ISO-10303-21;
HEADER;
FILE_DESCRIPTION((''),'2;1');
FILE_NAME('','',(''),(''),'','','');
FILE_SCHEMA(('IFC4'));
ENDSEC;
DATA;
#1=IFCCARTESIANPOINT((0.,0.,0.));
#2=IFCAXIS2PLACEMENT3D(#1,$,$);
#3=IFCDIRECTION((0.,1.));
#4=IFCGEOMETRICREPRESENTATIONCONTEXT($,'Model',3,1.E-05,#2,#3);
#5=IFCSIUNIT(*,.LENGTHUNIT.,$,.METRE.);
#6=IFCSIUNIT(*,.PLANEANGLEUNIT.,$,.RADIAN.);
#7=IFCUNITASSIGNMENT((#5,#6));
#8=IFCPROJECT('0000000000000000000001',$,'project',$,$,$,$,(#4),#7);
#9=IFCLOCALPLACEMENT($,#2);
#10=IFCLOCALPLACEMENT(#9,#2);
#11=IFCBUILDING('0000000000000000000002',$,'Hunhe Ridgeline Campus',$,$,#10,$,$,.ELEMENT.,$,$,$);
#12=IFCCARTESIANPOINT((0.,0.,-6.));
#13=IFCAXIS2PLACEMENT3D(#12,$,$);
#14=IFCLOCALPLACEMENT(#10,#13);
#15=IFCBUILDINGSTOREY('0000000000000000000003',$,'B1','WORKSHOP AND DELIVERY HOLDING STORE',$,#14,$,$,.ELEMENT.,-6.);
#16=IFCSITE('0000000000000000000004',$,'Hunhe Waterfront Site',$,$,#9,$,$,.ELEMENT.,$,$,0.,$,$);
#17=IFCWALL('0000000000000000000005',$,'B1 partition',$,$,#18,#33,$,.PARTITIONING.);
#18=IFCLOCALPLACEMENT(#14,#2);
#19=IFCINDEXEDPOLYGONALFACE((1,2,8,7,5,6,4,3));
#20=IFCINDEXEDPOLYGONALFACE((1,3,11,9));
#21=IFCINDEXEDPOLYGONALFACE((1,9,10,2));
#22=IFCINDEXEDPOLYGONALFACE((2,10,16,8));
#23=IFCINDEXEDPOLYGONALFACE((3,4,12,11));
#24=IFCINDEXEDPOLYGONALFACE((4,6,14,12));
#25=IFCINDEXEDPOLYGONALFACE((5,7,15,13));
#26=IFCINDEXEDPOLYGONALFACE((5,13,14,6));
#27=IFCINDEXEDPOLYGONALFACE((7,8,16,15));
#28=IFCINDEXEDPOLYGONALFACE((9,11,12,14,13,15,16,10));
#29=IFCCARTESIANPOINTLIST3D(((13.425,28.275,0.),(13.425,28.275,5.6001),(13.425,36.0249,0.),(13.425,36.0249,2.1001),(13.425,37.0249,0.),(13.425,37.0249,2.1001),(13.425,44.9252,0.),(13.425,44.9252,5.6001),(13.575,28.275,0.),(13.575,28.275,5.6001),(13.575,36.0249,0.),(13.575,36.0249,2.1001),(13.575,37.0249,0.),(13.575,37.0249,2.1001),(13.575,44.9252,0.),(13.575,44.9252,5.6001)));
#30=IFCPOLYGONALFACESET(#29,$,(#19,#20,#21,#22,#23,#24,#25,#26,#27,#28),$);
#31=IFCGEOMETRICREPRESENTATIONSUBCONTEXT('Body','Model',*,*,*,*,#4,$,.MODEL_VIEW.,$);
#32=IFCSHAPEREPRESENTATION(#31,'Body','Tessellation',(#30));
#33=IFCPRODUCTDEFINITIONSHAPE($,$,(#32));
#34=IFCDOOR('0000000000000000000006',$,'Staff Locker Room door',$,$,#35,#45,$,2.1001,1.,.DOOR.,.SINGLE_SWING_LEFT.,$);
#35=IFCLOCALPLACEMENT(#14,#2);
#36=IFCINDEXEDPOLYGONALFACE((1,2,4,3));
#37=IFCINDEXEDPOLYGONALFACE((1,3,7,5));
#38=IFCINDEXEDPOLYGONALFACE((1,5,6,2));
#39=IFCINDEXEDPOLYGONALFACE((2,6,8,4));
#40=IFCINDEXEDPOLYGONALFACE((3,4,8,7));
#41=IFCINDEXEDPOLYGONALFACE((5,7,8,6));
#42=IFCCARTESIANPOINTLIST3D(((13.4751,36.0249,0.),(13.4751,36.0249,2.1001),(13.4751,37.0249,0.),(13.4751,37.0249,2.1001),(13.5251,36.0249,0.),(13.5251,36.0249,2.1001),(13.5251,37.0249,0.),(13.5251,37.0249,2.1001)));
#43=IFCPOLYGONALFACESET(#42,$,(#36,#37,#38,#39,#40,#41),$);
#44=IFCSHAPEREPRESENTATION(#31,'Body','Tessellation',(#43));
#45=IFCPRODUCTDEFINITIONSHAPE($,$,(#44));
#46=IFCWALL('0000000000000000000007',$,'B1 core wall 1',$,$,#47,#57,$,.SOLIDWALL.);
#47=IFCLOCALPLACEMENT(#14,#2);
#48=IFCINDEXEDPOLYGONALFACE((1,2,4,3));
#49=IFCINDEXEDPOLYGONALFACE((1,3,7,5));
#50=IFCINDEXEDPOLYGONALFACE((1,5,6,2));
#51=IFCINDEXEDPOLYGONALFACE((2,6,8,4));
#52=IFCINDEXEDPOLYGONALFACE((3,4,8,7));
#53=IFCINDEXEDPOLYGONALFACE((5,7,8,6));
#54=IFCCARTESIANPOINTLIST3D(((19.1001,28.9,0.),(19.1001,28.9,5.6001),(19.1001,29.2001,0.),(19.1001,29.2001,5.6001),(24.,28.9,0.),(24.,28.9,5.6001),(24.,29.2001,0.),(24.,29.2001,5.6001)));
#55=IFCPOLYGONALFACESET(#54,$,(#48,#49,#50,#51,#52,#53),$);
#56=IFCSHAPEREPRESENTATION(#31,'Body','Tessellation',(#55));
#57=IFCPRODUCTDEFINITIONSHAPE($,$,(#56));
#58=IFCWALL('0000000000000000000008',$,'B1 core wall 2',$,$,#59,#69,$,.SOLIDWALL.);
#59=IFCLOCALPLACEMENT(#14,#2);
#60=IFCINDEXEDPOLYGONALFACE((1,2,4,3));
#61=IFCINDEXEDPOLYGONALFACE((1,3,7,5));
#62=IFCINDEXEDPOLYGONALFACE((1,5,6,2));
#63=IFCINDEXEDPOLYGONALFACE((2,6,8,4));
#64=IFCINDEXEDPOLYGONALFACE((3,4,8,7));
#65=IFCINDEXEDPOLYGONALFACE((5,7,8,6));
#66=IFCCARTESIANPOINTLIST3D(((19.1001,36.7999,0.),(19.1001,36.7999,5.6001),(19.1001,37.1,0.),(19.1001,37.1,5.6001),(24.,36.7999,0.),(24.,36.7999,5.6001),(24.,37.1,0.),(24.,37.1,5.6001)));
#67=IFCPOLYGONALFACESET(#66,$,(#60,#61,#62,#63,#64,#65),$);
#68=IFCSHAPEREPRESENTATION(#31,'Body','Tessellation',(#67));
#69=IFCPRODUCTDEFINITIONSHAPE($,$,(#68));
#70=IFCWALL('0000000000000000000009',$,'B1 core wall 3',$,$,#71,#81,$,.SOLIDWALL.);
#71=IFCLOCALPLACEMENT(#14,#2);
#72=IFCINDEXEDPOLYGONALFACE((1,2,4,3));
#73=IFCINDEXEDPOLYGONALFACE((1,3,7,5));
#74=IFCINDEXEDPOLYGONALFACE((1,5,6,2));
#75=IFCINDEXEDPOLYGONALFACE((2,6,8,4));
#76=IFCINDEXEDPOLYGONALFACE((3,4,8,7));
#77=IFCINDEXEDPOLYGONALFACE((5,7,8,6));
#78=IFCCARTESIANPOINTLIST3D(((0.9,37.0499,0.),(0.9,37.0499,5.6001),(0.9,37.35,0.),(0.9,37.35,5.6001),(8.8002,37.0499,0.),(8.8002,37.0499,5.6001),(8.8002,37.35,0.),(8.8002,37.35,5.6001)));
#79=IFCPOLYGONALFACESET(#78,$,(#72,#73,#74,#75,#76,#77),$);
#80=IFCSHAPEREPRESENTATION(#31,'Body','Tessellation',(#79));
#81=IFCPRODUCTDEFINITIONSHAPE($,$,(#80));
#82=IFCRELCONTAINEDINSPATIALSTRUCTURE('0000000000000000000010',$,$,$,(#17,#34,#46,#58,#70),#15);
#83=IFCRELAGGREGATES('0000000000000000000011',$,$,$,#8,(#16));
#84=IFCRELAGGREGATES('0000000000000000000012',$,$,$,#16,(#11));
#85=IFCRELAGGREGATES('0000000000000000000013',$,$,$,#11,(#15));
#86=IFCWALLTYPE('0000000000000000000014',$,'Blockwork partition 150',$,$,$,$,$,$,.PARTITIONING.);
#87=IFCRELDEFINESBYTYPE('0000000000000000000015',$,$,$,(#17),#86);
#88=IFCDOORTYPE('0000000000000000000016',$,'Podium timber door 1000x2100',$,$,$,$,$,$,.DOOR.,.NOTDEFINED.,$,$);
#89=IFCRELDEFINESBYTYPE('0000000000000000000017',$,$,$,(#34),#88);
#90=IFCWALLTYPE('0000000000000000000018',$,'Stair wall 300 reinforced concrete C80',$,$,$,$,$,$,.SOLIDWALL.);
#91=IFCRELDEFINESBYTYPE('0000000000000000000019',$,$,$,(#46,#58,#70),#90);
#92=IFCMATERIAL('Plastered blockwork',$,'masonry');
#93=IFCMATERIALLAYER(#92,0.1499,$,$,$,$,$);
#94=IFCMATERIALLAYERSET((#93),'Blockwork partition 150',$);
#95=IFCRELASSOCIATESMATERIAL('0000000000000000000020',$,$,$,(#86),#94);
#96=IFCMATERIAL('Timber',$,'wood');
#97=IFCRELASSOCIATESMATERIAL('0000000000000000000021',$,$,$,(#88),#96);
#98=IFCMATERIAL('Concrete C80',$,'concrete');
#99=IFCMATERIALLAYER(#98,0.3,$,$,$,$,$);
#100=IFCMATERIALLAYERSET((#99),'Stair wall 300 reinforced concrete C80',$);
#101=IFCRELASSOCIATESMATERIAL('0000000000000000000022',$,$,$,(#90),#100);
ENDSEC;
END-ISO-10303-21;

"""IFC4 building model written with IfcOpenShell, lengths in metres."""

from ifc_helpers import new_model, si_unit, direction, frame, frame_2d, origin, place, context, subcontext, project, spatial, rectangle, extrude, material, layer, layer_set, type_object, element, fill, save


model = new_model("IFC4")

# Units and contexts
model_context = context("Model", 3, precision=1e-05, world=origin(), true_north=direction((0.0, 1.0)))
body_context = subcontext(model_context, "Body", "Model", "MODEL_VIEW")
ifc_project = project(units=[si_unit("LENGTHUNIT", "METRE"), si_unit("PLANEANGLEUNIT", "RADIAN")], contexts=[model_context])

# Site, building, storey
site_placement = place(None, origin())
site = spatial("IfcSite", under=ifc_project, at=site_placement, Name="Hunhe Waterfront Site", CompositionType="ELEMENT", RefElevation=0.0)
building_placement = place(site_placement, origin())
building = spatial("IfcBuilding", under=site, at=building_placement, Name="Hunhe Ridgeline Campus", CompositionType="ELEMENT")
storey_placement = place(building_placement, frame((0.0, 0.0, -6.0)))
storey = spatial("IfcBuildingStorey", under=building, at=storey_placement, Name="B1", Description="WORKSHOP AND DELIVERY HOLDING STORE", CompositionType="ELEMENT", Elevation=-6.0)

# Shared definitions
ifc_material_1 = material(Name="Concrete C80", Category="concrete")

# Shared definitions
ifc_material_2 = material(Name="Plastered blockwork", Category="masonry")
ifc_layer_1 = layer(ifc_material_2, 0.1499)
ifc_layer_set_1 = layer_set([ifc_layer_1], Name="Blockwork partition 150")
wall_type_1 = type_object("IfcWallType", Name="Blockwork partition 150", PredefinedType="PARTITIONING", material=ifc_layer_set_1)

# Wall, opening, door
wall_1_placement = place(storey_placement, frame((13.5, 28.2749, 0.0), z_axis=(0.0, 0.0, 1.0), x_axis=(0.0, 1.0, 0.0)))
wall_1 = element("IfcWall", 1, at=wall_1_placement, inside=storey, type_object=wall_type_1, Name="B1 partition", PredefinedType="PARTITIONING", context=body_context, shape_type="SweptSolid", body=[
    extrude(rectangle(XDim=16.6501, YDim=0.1499, at=frame_2d((8.3252, 0.0))), origin(), (0.0, 0.0, 1.0), 5.6001),
])
opening_placement = place(wall_1_placement, frame((7.75, 0.0, 0.0)))
opening = element("IfcOpeningElement", 2, at=opening_placement, cuts=wall_1, PredefinedType="OPENING", context=body_context, shape_type="SweptSolid", body=[
    extrude(rectangle(XDim=1.0, YDim=2.1001, at=frame_2d((0.5, 1.05))), frame((0.0, 0.075, 0.0), z_axis=(0.0, -1.0, 0.0), x_axis=(1.0, 0.0, 0.0)), (0.0, 0.0, 1.0), 0.1499),
])
ifc_material_3 = material(Name="Timber", Category="wood")
door_type = type_object("IfcDoorType", Name="Podium timber door 1000x2100", OperationType="NOTDEFINED", PredefinedType="DOOR", material=ifc_material_3)
door_placement = place(opening_placement, origin())
door = element("IfcDoor", 3, at=door_placement, inside=storey, type_object=door_type, Name="Staff Locker Room door", OperationType="SINGLE_SWING_LEFT", OverallHeight=2.1001, OverallWidth=1.0, PredefinedType="DOOR", context=body_context, shape_type="SweptSolid", body=[
    extrude(rectangle(XDim=1.0, YDim=2.1001, at=frame_2d((0.5, 1.05))), frame((0.0, 0.0249, 0.0), z_axis=(0.0, -1.0, 0.0), x_axis=(1.0, 0.0, 0.0)), (0.0, 0.0, 1.0), 0.05),
])
fill(opening, door)

# Walls
ifc_layer_2 = layer(ifc_material_1, 0.3)
ifc_layer_set_2 = layer_set([ifc_layer_2], Name="Stair wall 300 reinforced concrete C80")
wall_type_2 = type_object("IfcWallType", Name="Stair wall 300 reinforced concrete C80", PredefinedType="SOLIDWALL", material=ifc_layer_set_2)
for number, where, z_axis, x_axis, name in (
    (4, (19.1001, 29.05, 0.0), (0.0, 0.0, 1.0), (1.0, 0.0, 0.0), "B1 core wall 1"),
    (5, (19.1001, 36.95, 0.0), (0.0, 0.0, 1.0), (1.0, 0.0, 0.0), "B1 core wall 2"),
):
    element("IfcWall", number, at=place(storey_placement, frame(where, z_axis=z_axis, x_axis=x_axis)), inside=storey, type_object=wall_type_2, Name=name, PredefinedType="SOLIDWALL", context=body_context, shape_type="SweptSolid", body=[
        extrude(rectangle(XDim=4.8999, YDim=0.3, at=frame_2d((2.45, 0.0))), origin(), (0.0, 0.0, 1.0), 5.6001),
    ])
wall_2_placement = place(storey_placement, frame((0.8999, 37.2, 0.0), z_axis=(0.0, 0.0, 1.0), x_axis=(1.0, 0.0, 0.0)))
element("IfcWall", 6, at=wall_2_placement, inside=storey, type_object=wall_type_2, Name="B1 core wall 3", PredefinedType="SOLIDWALL", context=body_context, shape_type="SweptSolid", body=[
    extrude(rectangle(XDim=7.9001, YDim=0.3, at=frame_2d((3.9502, 0.0))), origin(), (0.0, 0.0, 1.0), 5.6001),
])

save(model, "model.ifc")
